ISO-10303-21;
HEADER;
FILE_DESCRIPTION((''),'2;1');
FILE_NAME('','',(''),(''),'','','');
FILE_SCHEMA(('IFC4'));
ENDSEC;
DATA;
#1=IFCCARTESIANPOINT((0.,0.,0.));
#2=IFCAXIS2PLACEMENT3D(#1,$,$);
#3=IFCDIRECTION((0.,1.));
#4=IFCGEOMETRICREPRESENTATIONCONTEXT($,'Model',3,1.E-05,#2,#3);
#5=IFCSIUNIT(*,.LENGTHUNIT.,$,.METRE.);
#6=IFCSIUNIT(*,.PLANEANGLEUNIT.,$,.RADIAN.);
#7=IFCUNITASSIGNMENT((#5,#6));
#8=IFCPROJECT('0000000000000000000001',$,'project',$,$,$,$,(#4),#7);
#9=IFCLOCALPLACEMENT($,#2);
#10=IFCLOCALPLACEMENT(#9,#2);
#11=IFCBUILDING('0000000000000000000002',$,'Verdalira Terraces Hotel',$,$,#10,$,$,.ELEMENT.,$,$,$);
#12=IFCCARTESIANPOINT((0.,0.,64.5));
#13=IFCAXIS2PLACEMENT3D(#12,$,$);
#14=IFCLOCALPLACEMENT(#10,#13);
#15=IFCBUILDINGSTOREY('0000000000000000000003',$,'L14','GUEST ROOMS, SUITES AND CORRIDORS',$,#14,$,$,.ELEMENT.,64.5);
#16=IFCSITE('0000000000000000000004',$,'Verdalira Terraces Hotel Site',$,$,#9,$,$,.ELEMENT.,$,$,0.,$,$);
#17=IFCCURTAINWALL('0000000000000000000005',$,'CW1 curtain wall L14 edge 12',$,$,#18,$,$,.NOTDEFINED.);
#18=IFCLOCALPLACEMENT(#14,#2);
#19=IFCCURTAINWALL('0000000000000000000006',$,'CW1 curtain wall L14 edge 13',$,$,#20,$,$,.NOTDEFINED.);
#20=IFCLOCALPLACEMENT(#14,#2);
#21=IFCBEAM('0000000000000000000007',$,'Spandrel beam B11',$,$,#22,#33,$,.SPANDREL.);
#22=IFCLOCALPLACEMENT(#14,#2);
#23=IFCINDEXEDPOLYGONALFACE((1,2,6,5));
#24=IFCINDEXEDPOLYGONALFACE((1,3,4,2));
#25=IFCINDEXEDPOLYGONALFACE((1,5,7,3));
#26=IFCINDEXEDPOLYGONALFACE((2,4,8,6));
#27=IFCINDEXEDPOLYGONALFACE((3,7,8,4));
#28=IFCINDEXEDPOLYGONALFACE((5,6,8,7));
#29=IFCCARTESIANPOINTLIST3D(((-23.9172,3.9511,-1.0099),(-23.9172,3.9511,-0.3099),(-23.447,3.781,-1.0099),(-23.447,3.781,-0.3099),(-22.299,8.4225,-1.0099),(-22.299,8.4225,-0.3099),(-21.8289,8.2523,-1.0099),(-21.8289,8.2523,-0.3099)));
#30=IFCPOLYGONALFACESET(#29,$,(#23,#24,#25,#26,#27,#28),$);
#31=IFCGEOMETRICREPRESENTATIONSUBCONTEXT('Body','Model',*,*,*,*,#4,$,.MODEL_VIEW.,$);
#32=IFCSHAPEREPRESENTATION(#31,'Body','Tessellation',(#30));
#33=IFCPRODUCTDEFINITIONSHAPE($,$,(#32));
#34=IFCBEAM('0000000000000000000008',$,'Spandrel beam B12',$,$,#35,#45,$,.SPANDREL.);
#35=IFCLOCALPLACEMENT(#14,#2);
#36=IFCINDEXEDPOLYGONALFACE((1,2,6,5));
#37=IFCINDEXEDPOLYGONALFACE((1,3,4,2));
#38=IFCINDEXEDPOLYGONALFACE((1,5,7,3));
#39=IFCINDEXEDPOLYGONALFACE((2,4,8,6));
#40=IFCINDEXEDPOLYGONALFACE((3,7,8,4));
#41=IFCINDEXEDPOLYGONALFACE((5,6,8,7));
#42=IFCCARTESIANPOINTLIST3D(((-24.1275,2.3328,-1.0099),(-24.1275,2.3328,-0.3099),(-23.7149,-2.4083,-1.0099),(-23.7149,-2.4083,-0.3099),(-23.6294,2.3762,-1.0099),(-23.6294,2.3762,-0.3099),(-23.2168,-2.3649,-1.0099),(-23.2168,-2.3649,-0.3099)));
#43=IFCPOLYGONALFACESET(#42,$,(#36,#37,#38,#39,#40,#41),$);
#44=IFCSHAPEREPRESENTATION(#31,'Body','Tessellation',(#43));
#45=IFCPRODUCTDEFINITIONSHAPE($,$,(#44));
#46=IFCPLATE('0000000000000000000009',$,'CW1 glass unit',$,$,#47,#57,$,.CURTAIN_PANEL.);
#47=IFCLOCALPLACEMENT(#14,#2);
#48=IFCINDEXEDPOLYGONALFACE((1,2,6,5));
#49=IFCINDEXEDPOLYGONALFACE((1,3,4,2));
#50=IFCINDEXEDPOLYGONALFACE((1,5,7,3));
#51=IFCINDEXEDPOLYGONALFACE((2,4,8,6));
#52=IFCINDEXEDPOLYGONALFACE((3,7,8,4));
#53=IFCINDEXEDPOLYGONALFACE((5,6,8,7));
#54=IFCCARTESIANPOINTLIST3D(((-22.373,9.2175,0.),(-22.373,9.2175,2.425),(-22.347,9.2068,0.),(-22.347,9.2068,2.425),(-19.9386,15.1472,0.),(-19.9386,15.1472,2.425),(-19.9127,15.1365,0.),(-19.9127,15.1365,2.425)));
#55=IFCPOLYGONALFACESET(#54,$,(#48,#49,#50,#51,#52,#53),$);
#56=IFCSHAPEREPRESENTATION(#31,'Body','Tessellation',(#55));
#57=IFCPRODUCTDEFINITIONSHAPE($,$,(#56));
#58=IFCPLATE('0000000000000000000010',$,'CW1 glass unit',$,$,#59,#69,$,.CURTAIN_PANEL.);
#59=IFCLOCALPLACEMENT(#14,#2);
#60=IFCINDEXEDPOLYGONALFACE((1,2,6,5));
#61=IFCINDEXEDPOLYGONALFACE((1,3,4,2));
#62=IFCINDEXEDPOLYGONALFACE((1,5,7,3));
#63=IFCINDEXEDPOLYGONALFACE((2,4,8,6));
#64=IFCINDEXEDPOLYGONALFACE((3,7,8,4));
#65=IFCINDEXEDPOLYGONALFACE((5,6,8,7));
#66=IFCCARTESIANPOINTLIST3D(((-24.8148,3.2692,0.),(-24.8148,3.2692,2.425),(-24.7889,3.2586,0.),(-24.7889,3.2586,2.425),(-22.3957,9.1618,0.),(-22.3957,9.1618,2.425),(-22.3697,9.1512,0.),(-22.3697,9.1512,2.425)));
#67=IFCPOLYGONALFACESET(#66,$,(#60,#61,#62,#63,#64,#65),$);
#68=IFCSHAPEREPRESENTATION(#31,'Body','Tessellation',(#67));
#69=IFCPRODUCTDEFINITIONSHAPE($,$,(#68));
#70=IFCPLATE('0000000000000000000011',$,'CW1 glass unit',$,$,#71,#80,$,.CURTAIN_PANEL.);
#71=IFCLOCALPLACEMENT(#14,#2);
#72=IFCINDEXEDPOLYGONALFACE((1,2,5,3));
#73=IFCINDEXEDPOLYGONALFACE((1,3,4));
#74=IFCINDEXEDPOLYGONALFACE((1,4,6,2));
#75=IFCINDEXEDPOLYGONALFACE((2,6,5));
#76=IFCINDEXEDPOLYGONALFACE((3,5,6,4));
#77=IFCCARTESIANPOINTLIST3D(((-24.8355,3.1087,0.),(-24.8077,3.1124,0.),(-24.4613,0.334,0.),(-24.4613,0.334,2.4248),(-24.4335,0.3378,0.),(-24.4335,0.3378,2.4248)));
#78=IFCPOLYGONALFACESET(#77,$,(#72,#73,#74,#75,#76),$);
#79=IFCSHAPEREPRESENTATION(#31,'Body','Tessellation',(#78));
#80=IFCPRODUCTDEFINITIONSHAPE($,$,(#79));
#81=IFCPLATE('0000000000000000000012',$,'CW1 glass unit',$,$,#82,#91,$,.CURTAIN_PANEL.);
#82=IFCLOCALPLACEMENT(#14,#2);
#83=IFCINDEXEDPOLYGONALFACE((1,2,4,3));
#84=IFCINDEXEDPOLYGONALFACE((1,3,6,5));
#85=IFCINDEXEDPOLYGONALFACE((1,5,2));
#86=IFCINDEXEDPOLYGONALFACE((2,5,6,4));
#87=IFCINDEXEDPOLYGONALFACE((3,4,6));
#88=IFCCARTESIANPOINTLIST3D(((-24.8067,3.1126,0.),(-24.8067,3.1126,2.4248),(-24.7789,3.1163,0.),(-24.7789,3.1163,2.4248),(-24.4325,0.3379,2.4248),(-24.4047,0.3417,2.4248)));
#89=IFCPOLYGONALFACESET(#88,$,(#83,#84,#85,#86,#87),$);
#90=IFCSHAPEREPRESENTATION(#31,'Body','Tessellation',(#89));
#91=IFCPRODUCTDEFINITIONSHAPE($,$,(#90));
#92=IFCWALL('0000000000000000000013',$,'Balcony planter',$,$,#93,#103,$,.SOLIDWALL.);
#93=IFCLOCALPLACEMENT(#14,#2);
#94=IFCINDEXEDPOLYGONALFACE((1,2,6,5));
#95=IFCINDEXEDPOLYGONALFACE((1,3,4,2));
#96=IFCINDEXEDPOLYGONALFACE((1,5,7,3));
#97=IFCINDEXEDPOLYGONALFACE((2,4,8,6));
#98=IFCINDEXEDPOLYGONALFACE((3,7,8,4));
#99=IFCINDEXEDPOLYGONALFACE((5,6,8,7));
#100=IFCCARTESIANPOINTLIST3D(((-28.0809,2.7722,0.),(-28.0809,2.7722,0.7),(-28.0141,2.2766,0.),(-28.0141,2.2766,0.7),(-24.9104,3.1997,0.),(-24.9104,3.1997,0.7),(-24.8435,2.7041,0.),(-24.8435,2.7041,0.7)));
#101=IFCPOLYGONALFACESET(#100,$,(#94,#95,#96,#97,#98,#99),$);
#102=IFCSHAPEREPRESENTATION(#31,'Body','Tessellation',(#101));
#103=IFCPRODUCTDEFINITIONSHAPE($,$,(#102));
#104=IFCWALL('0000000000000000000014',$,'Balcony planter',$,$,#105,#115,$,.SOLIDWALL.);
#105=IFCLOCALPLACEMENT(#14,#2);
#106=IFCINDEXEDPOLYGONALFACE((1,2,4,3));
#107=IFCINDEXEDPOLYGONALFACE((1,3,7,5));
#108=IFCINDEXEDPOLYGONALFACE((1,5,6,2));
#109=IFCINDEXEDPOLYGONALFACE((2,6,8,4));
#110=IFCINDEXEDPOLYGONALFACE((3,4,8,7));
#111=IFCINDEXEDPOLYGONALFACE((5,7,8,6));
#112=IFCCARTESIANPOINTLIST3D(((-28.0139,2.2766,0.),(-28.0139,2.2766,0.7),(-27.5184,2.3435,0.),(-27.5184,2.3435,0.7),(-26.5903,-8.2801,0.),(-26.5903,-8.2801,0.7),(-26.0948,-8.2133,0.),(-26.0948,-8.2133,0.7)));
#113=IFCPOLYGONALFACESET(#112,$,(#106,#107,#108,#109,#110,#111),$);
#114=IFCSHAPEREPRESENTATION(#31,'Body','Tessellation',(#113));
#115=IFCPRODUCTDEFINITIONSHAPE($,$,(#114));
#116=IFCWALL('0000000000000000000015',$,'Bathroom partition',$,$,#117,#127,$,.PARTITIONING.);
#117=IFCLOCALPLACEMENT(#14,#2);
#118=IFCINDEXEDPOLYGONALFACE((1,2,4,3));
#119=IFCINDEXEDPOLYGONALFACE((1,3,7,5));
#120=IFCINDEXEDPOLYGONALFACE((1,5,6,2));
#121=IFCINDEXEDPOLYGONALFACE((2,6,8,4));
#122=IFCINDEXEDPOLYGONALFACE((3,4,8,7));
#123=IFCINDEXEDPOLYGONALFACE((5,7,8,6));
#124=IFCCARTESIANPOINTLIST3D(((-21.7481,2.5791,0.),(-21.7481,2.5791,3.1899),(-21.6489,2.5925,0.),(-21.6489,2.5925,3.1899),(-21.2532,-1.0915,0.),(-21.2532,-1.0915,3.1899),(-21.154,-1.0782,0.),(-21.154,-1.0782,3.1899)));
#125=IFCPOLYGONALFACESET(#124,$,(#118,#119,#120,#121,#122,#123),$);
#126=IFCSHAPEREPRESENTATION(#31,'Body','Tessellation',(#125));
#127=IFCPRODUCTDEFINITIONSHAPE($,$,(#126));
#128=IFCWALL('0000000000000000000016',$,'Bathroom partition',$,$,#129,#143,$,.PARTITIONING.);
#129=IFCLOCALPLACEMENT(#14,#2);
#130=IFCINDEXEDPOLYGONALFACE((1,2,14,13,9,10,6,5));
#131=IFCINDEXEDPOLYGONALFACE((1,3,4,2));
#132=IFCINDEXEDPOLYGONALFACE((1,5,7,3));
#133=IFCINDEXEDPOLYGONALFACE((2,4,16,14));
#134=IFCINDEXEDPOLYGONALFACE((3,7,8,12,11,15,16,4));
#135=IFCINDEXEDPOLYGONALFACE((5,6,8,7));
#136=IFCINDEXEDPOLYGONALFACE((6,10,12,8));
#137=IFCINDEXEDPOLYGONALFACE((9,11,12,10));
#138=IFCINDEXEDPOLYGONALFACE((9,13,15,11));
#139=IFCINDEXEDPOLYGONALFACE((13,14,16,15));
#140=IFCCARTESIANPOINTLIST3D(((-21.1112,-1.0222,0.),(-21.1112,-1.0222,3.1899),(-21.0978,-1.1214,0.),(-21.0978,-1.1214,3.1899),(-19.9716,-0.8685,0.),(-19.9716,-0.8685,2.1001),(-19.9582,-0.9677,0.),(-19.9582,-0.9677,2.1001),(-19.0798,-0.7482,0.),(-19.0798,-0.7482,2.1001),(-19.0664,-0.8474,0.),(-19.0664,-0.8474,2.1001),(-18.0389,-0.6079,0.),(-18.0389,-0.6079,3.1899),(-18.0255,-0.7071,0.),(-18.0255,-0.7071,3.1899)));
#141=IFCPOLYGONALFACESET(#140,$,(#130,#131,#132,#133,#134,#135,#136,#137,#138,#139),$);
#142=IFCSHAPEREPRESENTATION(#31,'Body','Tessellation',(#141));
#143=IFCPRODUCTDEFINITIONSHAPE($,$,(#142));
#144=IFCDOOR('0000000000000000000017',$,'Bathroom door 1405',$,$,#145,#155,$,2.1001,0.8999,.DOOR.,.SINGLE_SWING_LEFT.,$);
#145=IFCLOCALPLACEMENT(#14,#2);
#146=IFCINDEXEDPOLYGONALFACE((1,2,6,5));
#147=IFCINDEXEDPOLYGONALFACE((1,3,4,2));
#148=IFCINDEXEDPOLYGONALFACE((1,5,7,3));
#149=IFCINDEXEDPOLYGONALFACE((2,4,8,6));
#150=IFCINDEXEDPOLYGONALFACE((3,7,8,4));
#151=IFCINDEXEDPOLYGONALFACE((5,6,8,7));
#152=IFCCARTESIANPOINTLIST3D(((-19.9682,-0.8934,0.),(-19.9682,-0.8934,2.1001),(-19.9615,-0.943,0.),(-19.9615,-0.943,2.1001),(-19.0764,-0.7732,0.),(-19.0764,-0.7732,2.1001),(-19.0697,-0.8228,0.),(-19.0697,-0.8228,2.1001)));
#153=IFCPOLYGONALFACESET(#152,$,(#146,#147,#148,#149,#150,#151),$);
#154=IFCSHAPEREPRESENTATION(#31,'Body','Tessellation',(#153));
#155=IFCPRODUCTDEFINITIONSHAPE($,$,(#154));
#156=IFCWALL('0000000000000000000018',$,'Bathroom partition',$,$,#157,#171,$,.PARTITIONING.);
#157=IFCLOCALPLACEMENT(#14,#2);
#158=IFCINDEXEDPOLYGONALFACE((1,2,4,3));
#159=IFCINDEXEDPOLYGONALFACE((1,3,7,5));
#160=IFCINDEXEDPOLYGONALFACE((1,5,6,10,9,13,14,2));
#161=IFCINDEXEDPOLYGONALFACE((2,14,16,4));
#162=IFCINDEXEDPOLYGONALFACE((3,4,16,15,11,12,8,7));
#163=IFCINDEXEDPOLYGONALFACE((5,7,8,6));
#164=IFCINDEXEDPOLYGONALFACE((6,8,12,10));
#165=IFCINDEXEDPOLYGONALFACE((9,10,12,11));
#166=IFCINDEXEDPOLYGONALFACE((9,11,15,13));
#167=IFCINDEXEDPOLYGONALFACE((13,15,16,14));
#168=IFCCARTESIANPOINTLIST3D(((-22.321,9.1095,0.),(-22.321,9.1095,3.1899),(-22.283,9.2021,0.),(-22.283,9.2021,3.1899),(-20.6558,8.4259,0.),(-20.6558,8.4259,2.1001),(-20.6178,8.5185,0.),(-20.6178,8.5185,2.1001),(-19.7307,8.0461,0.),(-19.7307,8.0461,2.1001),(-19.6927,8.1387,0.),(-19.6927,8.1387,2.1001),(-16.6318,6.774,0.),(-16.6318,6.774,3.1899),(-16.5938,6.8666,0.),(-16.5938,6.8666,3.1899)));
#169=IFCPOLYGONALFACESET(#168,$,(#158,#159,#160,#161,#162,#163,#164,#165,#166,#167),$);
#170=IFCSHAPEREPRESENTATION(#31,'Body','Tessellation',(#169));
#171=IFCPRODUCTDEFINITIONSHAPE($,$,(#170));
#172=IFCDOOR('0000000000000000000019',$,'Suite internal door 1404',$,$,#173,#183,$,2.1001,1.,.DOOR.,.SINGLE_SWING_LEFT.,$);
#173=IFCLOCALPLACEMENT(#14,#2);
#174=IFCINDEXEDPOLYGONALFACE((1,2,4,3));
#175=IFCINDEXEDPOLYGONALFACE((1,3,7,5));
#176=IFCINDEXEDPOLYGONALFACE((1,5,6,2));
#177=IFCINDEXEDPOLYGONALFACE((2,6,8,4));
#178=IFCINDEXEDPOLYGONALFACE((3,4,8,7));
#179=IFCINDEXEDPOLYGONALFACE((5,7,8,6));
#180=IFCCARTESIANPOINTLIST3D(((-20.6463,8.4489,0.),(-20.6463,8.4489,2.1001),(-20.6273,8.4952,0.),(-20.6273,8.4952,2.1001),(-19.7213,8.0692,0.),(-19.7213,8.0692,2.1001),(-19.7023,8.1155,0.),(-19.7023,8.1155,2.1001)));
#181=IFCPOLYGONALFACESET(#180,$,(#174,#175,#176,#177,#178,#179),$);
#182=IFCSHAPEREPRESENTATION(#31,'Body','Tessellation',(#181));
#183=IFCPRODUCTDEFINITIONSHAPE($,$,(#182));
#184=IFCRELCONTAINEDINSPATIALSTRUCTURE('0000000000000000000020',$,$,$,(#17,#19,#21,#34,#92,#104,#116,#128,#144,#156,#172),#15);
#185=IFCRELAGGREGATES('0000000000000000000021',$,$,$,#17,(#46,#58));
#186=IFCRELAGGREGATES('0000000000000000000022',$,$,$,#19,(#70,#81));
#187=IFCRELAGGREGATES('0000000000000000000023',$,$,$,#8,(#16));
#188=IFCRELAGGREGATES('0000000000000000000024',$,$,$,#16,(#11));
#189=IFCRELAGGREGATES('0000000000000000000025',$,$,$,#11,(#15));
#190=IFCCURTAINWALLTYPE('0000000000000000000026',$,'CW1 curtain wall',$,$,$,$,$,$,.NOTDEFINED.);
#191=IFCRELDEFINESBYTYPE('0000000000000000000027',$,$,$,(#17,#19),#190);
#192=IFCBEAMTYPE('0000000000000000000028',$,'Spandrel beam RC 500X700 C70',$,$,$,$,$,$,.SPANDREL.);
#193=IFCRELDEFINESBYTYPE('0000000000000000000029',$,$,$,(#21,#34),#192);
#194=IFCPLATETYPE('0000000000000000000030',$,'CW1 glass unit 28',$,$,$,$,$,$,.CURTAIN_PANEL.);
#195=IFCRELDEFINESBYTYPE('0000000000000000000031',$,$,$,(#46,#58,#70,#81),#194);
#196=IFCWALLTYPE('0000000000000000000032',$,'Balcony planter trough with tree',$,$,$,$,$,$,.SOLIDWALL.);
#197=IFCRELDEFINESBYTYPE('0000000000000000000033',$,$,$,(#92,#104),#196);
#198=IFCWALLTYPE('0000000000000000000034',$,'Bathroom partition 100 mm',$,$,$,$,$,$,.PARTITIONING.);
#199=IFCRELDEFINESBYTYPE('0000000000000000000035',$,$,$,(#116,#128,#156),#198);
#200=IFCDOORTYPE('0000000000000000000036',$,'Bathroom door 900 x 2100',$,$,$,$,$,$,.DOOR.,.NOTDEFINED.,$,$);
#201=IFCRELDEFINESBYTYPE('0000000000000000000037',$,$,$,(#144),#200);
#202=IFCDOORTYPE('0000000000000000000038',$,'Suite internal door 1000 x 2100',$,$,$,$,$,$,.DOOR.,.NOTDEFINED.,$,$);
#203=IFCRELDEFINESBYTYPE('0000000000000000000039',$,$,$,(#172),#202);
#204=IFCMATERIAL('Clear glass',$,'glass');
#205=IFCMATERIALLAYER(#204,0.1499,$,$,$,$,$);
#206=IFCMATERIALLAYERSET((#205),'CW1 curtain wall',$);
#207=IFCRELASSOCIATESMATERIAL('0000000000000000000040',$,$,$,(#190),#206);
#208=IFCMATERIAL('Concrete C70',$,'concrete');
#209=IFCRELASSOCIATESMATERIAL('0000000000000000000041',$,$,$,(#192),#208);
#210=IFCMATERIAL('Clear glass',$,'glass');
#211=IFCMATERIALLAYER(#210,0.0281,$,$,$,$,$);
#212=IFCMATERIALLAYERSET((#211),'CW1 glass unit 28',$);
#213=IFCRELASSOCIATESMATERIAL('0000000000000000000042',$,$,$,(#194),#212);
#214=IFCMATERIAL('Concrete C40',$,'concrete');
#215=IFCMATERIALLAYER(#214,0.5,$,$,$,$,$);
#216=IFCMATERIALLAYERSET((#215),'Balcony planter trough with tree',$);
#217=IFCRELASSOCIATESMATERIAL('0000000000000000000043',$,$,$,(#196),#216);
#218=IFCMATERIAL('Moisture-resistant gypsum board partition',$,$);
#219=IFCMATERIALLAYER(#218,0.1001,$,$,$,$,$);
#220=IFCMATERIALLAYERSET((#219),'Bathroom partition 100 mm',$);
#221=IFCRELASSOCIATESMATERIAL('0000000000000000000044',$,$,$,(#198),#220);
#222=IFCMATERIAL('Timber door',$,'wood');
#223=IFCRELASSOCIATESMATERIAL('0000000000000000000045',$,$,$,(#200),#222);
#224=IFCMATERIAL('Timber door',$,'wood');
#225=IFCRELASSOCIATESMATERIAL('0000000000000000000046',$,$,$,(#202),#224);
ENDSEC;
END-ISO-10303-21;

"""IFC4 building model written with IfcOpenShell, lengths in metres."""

from ifc_helpers import new_model, si_unit, direction, frame, frame_2d, origin, origin_2d, place, context, subcontext, project, spatial, polyline, rectangle, outline, extrude, material, layer, layer_set, material_profile, profile_set, type_object, element, fill, aggregate, save


model = new_model("IFC4")

# Units and contexts
model_context = context("Model", 3, precision=1e-05, world=origin(), true_north=direction((0.0, 1.0)))
body_context = subcontext(model_context, "Body", "Model", "MODEL_VIEW")
ifc_project = project(units=[si_unit("LENGTHUNIT", "METRE"), si_unit("PLANEANGLEUNIT", "RADIAN")], contexts=[model_context])

# Site, building, storey
site_placement = place(None, origin())
site = spatial("IfcSite", under=ifc_project, at=site_placement, Name="Verdalira Terraces Hotel Site", CompositionType="ELEMENT", RefElevation=0.0)
building_placement = place(site_placement, origin())
building = spatial("IfcBuilding", under=site, at=building_placement, Name="Verdalira Terraces Hotel", CompositionType="ELEMENT")
storey_placement = place(building_placement, frame((0.0, 0.0, 64.5)))
storey = spatial("IfcBuildingStorey", under=building, at=storey_placement, Name="L14", Description="GUEST ROOMS, SUITES AND CORRIDORS", CompositionType="ELEMENT", Elevation=64.5)

# Curtain wall
ifc_material_1 = material(Name="Clear glass", Category="glass")
ifc_layer_1 = layer(ifc_material_1, 0.1499)
ifc_layer_set_1 = layer_set([ifc_layer_1], Name="CW1 curtain wall")
curtain_wall_type = type_object("IfcCurtainWallType", Name="CW1 curtain wall", PredefinedType="NOTDEFINED", material=ifc_layer_set_1)
curtain_wall_1_placement = place(storey_placement, origin())
curtain_wall_1 = element("IfcCurtainWall", 1, at=curtain_wall_1_placement, inside=storey, type_object=curtain_wall_type, Name="CW1 curtain wall L14 edge 12", PredefinedType="NOTDEFINED")

# Curtain wall
curtain_wall_2_placement = place(storey_placement, origin())
curtain_wall_2 = element("IfcCurtainWall", 2, at=curtain_wall_2_placement, inside=storey, type_object=curtain_wall_type, Name="CW1 curtain wall L14 edge 13", PredefinedType="NOTDEFINED")

# Beams
ifc_material_2 = material(Name="Concrete C70", Category="concrete")
ifc_material_profile_1 = material_profile(ifc_material_2, rectangle(XDim=0.5, YDim=0.7, at=origin_2d()), Name="RC 500X700")
ifc_profile_set_1 = profile_set([ifc_material_profile_1], Name="Concrete C70")
beam_type_1 = type_object("IfcBeamType", Name="Spandrel beam RC 500X700 C70", PredefinedType="SPANDREL", material=ifc_profile_set_1)
beam_1_placement = place(storey_placement, frame((-22.064, 8.3374, -0.6599), z_axis=(-0.340292, -0.94032, 0.0), x_axis=(0.94032, -0.340292, 0.0)))
element("IfcBeam", 3, at=beam_1_placement, inside=storey, type_object=beam_type_1, Name="Spandrel beam B11", PredefinedType="SPANDREL", context=body_context, shape_type="SweptSolid", body=[
    extrude(rectangle(XDim=0.5, YDim=0.7, at=origin_2d()), origin(), (0.0, 0.0, 1.0), 4.7551),
])
beam_2_placement = place(storey_placement, frame((-23.8784, 2.3545, -0.6599), z_axis=(0.086696, -0.996235, 0.0), x_axis=(0.996235, 0.086696, 0.0)))
element("IfcBeam", 4, at=beam_2_placement, inside=storey, type_object=beam_type_1, Name="Spandrel beam B12", PredefinedType="SPANDREL", context=body_context, shape_type="SweptSolid", body=[
    extrude(rectangle(XDim=0.5, YDim=0.7, at=origin_2d()), origin(), (0.0, 0.0, 1.0), 4.759),
])

# Plates
ifc_material_3 = material(Name="Clear glass", Category="glass")
ifc_layer_2 = layer(ifc_material_3, 0.0281)
ifc_layer_set_2 = layer_set([ifc_layer_2], Name="CW1 glass unit 28")
plate_type = type_object("IfcPlateType", Name="CW1 glass unit 28", PredefinedType="CURTAIN_PANEL", material=ifc_layer_set_2)
plate_1_placement = place(storey_placement, frame((-21.1428, 12.177, 0.0), z_axis=(0.0, 0.0, 1.0), x_axis=(-0.379779, -0.925077, 0.0)))
plate_1 = element("IfcPlate", 5, at=plate_1_placement, type_object=plate_type, Name="CW1 glass unit", PredefinedType="CURTAIN_PANEL", context=body_context, shape_type="SweptSolid", body=[
    extrude(rectangle(XDim=6.4099, YDim=0.0281, at=origin_2d()), origin(), (0.0, 0.0, 1.0), 2.425),
])
plate_2_placement = place(storey_placement, frame((-23.5923, 6.2102, 0.0), z_axis=(0.0, 0.0, 1.0), x_axis=(-0.379779, -0.925077, 0.0)))
plate_2 = element("IfcPlate", 6, at=plate_2_placement, type_object=plate_type, Name="CW1 glass unit", PredefinedType="CURTAIN_PANEL", context=body_context, shape_type="SweptSolid", body=[
    extrude(rectangle(XDim=6.3699, YDim=0.0281, at=origin_2d()), origin(), (0.0, 0.0, 1.0), 2.425),
])
aggregate(curtain_wall_1, [plate_1, plate_2])
plate_3_placement = place(storey_placement, frame((-24.6206, 1.7251, 1.2124), z_axis=(-0.99103, -0.13364, 0.0), x_axis=(0.13364, -0.99103, 0.0)))
plate_3 = element("IfcPlate", 7, at=plate_3_placement, type_object=plate_type, Name="CW1 glass unit", PredefinedType="CURTAIN_PANEL", context=body_context, shape_type="SweptSolid", body=[
    extrude(outline(polyline([(-1.3999, -1.2124), (1.3999, -1.2124), (1.3999, 1.2124), (-1.3999, -1.2124)])), origin(), (0.0, 0.0, 1.0), 0.0281),
])
plate_4_placement = place(storey_placement, frame((-24.5918, 1.729, 1.2124), z_axis=(-0.99103, -0.13364, 0.0), x_axis=(0.13364, -0.99103, 0.0)))
plate_4 = element("IfcPlate", 8, at=plate_4_placement, type_object=plate_type, Name="CW1 glass unit", PredefinedType="CURTAIN_PANEL", context=body_context, shape_type="SweptSolid", body=[
    extrude(outline(polyline([(-1.3999, -1.2124), (1.3999, 1.2124), (-1.3999, 1.2124), (-1.3999, -1.2124)])), origin(), (0.0, 0.0, 1.0), 0.0281),
])
aggregate(curtain_wall_2, [plate_3, plate_4])

# Walls
ifc_material_4 = material(Name="Concrete C40", Category="concrete")
ifc_layer_3 = layer(ifc_material_4, 0.5)
ifc_layer_set_3 = layer_set([ifc_layer_3], Name="Balcony planter trough with tree")
wall_type_1 = type_object("IfcWallType", Name="Balcony planter trough with tree", PredefinedType="SOLIDWALL", material=ifc_layer_set_3)
wall_1_placement = place(storey_placement, frame((-24.877, 2.9519, 0.0), z_axis=(0.0, 0.0, 1.0), x_axis=(-0.991032, -0.133628, 0.0)))
element("IfcWall", 9, at=wall_1_placement, inside=storey, type_object=wall_type_1, Name="Balcony planter", PredefinedType="SOLIDWALL", context=body_context, shape_type="SweptSolid", body=[
    extrude(rectangle(XDim=3.1992, YDim=0.5, at=frame_2d((1.5996, 0.0))), origin(), (0.0, 0.0, 1.0), 0.7),
])
wall_2_placement = place(storey_placement, frame((-27.7661, 2.3101, 0.0), z_axis=(0.0, 0.0, 1.0), x_axis=(0.133639, -0.99103, 0.0)))
element("IfcWall", 10, at=wall_2_placement, inside=storey, type_object=wall_type_1, Name="Balcony planter", PredefinedType="SOLIDWALL", context=body_context, shape_type="SweptSolid", body=[
    extrude(rectangle(XDim=10.6523, YDim=0.5, at=frame_2d((5.3262, 0.0))), origin(), (0.0, 0.0, 1.0), 0.7),
])
ifc_material_5 = material(Name="Moisture-resistant gypsum board partition")
ifc_layer_4 = layer(ifc_material_5, 0.1001)
ifc_layer_set_4 = layer_set([ifc_layer_4], Name="Bathroom partition 100 mm")
wall_type_2 = type_object("IfcWallType", Name="Bathroom partition 100 mm", PredefinedType="PARTITIONING", material=ifc_layer_set_4)
wall_3_placement = place(storey_placement, frame((-21.2036, -1.085, 0.0), z_axis=(0.0, 0.0, 1.0), x_axis=(-0.13361, 0.991034, 0.0)))
element("IfcWall", 11, at=wall_3_placement, inside=storey, type_object=wall_type_2, Name="Bathroom partition", PredefinedType="PARTITIONING", context=body_context, shape_type="SweptSolid", body=[
    extrude(rectangle(XDim=3.7039, YDim=0.1001, at=frame_2d((1.8521, 0.0))), origin(), (0.0, 0.0, 1.0), 3.1899),
])

# Walls, openings, doors
wall_4_placement = place(storey_placement, frame((-21.1045, -1.0718, 0.0), z_axis=(0.0, 0.0, 1.0), x_axis=(0.991029, 0.133644, 0.0)))
wall_4 = element("IfcWall", 12, at=wall_4_placement, inside=storey, type_object=wall_type_2, Name="Bathroom partition", PredefinedType="PARTITIONING", context=body_context, shape_type="SweptSolid", body=[
    extrude(rectangle(XDim=3.1001, YDim=0.1001, at=frame_2d((1.55, 0.0))), origin(), (0.0, 0.0, 1.0), 3.1899),
])
opening_1_placement = place(wall_4_placement, frame((1.1499, 0.0, 0.0)))
opening_1 = element("IfcOpeningElement", 13, at=opening_1_placement, cuts=wall_4, PredefinedType="OPENING", context=body_context, shape_type="SweptSolid", body=[
    extrude(rectangle(XDim=0.8999, YDim=2.1001, at=frame_2d((0.45, 1.05))), frame((0.0, 0.0601, 0.0), z_axis=(0.0, -1.0, 0.0), x_axis=(1.0, 0.0, 0.0)), (0.0, 0.0, 1.0), 0.1201),
])
ifc_material_6 = material(Name="Timber door", Category="wood")
door_type_1 = type_object("IfcDoorType", Name="Bathroom door 900 x 2100", OperationType="NOTDEFINED", PredefinedType="DOOR", material=ifc_material_6)
door_1_placement = place(opening_1_placement, origin())
door_1 = element("IfcDoor", 14, at=door_1_placement, inside=storey, type_object=door_type_1, Name="Bathroom door 1405", OperationType="SINGLE_SWING_LEFT", OverallHeight=2.1001, OverallWidth=0.8999, PredefinedType="DOOR", context=body_context, shape_type="SweptSolid", body=[
    extrude(rectangle(XDim=0.8999, YDim=2.1001, at=frame_2d((0.45, 1.05))), frame((0.0, 0.0249, 0.0), z_axis=(0.0, -1.0, 0.0), x_axis=(1.0, 0.0, 0.0)), (0.0, 0.0, 1.0), 0.05),
])
fill(opening_1, door_1)
wall_5_placement = place(storey_placement, frame((-22.302, 9.1558, 0.0), z_axis=(0.0, 0.0, 1.0), x_axis=(0.925088, -0.379753, 0.0)))
wall_5 = element("IfcWall", 15, at=wall_5_placement, inside=storey, type_object=wall_type_2, Name="Bathroom partition", PredefinedType="PARTITIONING", context=body_context, shape_type="SweptSolid", body=[
    extrude(rectangle(XDim=6.1499, YDim=0.1001, at=frame_2d((3.075, 0.0))), origin(), (0.0, 0.0, 1.0), 3.1899),
])
opening_2_placement = place(wall_5_placement, frame((1.8, 0.0, 0.0)))
opening_2 = element("IfcOpeningElement", 16, at=opening_2_placement, cuts=wall_5, PredefinedType="OPENING", context=body_context, shape_type="SweptSolid", body=[
    extrude(rectangle(XDim=1.0, YDim=2.1001, at=frame_2d((0.5, 1.05))), frame((0.0, 0.0601, 0.0), z_axis=(0.0, -1.0, 0.0), x_axis=(1.0, 0.0, 0.0)), (0.0, 0.0, 1.0), 0.1201),
])
ifc_material_7 = material(Name="Timber door", Category="wood")
door_type_2 = type_object("IfcDoorType", Name="Suite internal door 1000 x 2100", OperationType="NOTDEFINED", PredefinedType="DOOR", material=ifc_material_7)
door_2_placement = place(opening_2_placement, origin())
door_2 = element("IfcDoor", 17, at=door_2_placement, inside=storey, type_object=door_type_2, Name="Suite internal door 1404", OperationType="SINGLE_SWING_LEFT", OverallHeight=2.1001, OverallWidth=1.0, PredefinedType="DOOR", context=body_context, shape_type="SweptSolid", body=[
    extrude(rectangle(XDim=1.0, YDim=2.1001, at=frame_2d((0.5, 1.05))), frame((0.0, 0.0249, 0.0), z_axis=(0.0, -1.0, 0.0), x_axis=(1.0, 0.0, 0.0)), (0.0, 0.0, 1.0), 0.05),
])
fill(opening_2, door_2)

save(model, "model.ifc")
